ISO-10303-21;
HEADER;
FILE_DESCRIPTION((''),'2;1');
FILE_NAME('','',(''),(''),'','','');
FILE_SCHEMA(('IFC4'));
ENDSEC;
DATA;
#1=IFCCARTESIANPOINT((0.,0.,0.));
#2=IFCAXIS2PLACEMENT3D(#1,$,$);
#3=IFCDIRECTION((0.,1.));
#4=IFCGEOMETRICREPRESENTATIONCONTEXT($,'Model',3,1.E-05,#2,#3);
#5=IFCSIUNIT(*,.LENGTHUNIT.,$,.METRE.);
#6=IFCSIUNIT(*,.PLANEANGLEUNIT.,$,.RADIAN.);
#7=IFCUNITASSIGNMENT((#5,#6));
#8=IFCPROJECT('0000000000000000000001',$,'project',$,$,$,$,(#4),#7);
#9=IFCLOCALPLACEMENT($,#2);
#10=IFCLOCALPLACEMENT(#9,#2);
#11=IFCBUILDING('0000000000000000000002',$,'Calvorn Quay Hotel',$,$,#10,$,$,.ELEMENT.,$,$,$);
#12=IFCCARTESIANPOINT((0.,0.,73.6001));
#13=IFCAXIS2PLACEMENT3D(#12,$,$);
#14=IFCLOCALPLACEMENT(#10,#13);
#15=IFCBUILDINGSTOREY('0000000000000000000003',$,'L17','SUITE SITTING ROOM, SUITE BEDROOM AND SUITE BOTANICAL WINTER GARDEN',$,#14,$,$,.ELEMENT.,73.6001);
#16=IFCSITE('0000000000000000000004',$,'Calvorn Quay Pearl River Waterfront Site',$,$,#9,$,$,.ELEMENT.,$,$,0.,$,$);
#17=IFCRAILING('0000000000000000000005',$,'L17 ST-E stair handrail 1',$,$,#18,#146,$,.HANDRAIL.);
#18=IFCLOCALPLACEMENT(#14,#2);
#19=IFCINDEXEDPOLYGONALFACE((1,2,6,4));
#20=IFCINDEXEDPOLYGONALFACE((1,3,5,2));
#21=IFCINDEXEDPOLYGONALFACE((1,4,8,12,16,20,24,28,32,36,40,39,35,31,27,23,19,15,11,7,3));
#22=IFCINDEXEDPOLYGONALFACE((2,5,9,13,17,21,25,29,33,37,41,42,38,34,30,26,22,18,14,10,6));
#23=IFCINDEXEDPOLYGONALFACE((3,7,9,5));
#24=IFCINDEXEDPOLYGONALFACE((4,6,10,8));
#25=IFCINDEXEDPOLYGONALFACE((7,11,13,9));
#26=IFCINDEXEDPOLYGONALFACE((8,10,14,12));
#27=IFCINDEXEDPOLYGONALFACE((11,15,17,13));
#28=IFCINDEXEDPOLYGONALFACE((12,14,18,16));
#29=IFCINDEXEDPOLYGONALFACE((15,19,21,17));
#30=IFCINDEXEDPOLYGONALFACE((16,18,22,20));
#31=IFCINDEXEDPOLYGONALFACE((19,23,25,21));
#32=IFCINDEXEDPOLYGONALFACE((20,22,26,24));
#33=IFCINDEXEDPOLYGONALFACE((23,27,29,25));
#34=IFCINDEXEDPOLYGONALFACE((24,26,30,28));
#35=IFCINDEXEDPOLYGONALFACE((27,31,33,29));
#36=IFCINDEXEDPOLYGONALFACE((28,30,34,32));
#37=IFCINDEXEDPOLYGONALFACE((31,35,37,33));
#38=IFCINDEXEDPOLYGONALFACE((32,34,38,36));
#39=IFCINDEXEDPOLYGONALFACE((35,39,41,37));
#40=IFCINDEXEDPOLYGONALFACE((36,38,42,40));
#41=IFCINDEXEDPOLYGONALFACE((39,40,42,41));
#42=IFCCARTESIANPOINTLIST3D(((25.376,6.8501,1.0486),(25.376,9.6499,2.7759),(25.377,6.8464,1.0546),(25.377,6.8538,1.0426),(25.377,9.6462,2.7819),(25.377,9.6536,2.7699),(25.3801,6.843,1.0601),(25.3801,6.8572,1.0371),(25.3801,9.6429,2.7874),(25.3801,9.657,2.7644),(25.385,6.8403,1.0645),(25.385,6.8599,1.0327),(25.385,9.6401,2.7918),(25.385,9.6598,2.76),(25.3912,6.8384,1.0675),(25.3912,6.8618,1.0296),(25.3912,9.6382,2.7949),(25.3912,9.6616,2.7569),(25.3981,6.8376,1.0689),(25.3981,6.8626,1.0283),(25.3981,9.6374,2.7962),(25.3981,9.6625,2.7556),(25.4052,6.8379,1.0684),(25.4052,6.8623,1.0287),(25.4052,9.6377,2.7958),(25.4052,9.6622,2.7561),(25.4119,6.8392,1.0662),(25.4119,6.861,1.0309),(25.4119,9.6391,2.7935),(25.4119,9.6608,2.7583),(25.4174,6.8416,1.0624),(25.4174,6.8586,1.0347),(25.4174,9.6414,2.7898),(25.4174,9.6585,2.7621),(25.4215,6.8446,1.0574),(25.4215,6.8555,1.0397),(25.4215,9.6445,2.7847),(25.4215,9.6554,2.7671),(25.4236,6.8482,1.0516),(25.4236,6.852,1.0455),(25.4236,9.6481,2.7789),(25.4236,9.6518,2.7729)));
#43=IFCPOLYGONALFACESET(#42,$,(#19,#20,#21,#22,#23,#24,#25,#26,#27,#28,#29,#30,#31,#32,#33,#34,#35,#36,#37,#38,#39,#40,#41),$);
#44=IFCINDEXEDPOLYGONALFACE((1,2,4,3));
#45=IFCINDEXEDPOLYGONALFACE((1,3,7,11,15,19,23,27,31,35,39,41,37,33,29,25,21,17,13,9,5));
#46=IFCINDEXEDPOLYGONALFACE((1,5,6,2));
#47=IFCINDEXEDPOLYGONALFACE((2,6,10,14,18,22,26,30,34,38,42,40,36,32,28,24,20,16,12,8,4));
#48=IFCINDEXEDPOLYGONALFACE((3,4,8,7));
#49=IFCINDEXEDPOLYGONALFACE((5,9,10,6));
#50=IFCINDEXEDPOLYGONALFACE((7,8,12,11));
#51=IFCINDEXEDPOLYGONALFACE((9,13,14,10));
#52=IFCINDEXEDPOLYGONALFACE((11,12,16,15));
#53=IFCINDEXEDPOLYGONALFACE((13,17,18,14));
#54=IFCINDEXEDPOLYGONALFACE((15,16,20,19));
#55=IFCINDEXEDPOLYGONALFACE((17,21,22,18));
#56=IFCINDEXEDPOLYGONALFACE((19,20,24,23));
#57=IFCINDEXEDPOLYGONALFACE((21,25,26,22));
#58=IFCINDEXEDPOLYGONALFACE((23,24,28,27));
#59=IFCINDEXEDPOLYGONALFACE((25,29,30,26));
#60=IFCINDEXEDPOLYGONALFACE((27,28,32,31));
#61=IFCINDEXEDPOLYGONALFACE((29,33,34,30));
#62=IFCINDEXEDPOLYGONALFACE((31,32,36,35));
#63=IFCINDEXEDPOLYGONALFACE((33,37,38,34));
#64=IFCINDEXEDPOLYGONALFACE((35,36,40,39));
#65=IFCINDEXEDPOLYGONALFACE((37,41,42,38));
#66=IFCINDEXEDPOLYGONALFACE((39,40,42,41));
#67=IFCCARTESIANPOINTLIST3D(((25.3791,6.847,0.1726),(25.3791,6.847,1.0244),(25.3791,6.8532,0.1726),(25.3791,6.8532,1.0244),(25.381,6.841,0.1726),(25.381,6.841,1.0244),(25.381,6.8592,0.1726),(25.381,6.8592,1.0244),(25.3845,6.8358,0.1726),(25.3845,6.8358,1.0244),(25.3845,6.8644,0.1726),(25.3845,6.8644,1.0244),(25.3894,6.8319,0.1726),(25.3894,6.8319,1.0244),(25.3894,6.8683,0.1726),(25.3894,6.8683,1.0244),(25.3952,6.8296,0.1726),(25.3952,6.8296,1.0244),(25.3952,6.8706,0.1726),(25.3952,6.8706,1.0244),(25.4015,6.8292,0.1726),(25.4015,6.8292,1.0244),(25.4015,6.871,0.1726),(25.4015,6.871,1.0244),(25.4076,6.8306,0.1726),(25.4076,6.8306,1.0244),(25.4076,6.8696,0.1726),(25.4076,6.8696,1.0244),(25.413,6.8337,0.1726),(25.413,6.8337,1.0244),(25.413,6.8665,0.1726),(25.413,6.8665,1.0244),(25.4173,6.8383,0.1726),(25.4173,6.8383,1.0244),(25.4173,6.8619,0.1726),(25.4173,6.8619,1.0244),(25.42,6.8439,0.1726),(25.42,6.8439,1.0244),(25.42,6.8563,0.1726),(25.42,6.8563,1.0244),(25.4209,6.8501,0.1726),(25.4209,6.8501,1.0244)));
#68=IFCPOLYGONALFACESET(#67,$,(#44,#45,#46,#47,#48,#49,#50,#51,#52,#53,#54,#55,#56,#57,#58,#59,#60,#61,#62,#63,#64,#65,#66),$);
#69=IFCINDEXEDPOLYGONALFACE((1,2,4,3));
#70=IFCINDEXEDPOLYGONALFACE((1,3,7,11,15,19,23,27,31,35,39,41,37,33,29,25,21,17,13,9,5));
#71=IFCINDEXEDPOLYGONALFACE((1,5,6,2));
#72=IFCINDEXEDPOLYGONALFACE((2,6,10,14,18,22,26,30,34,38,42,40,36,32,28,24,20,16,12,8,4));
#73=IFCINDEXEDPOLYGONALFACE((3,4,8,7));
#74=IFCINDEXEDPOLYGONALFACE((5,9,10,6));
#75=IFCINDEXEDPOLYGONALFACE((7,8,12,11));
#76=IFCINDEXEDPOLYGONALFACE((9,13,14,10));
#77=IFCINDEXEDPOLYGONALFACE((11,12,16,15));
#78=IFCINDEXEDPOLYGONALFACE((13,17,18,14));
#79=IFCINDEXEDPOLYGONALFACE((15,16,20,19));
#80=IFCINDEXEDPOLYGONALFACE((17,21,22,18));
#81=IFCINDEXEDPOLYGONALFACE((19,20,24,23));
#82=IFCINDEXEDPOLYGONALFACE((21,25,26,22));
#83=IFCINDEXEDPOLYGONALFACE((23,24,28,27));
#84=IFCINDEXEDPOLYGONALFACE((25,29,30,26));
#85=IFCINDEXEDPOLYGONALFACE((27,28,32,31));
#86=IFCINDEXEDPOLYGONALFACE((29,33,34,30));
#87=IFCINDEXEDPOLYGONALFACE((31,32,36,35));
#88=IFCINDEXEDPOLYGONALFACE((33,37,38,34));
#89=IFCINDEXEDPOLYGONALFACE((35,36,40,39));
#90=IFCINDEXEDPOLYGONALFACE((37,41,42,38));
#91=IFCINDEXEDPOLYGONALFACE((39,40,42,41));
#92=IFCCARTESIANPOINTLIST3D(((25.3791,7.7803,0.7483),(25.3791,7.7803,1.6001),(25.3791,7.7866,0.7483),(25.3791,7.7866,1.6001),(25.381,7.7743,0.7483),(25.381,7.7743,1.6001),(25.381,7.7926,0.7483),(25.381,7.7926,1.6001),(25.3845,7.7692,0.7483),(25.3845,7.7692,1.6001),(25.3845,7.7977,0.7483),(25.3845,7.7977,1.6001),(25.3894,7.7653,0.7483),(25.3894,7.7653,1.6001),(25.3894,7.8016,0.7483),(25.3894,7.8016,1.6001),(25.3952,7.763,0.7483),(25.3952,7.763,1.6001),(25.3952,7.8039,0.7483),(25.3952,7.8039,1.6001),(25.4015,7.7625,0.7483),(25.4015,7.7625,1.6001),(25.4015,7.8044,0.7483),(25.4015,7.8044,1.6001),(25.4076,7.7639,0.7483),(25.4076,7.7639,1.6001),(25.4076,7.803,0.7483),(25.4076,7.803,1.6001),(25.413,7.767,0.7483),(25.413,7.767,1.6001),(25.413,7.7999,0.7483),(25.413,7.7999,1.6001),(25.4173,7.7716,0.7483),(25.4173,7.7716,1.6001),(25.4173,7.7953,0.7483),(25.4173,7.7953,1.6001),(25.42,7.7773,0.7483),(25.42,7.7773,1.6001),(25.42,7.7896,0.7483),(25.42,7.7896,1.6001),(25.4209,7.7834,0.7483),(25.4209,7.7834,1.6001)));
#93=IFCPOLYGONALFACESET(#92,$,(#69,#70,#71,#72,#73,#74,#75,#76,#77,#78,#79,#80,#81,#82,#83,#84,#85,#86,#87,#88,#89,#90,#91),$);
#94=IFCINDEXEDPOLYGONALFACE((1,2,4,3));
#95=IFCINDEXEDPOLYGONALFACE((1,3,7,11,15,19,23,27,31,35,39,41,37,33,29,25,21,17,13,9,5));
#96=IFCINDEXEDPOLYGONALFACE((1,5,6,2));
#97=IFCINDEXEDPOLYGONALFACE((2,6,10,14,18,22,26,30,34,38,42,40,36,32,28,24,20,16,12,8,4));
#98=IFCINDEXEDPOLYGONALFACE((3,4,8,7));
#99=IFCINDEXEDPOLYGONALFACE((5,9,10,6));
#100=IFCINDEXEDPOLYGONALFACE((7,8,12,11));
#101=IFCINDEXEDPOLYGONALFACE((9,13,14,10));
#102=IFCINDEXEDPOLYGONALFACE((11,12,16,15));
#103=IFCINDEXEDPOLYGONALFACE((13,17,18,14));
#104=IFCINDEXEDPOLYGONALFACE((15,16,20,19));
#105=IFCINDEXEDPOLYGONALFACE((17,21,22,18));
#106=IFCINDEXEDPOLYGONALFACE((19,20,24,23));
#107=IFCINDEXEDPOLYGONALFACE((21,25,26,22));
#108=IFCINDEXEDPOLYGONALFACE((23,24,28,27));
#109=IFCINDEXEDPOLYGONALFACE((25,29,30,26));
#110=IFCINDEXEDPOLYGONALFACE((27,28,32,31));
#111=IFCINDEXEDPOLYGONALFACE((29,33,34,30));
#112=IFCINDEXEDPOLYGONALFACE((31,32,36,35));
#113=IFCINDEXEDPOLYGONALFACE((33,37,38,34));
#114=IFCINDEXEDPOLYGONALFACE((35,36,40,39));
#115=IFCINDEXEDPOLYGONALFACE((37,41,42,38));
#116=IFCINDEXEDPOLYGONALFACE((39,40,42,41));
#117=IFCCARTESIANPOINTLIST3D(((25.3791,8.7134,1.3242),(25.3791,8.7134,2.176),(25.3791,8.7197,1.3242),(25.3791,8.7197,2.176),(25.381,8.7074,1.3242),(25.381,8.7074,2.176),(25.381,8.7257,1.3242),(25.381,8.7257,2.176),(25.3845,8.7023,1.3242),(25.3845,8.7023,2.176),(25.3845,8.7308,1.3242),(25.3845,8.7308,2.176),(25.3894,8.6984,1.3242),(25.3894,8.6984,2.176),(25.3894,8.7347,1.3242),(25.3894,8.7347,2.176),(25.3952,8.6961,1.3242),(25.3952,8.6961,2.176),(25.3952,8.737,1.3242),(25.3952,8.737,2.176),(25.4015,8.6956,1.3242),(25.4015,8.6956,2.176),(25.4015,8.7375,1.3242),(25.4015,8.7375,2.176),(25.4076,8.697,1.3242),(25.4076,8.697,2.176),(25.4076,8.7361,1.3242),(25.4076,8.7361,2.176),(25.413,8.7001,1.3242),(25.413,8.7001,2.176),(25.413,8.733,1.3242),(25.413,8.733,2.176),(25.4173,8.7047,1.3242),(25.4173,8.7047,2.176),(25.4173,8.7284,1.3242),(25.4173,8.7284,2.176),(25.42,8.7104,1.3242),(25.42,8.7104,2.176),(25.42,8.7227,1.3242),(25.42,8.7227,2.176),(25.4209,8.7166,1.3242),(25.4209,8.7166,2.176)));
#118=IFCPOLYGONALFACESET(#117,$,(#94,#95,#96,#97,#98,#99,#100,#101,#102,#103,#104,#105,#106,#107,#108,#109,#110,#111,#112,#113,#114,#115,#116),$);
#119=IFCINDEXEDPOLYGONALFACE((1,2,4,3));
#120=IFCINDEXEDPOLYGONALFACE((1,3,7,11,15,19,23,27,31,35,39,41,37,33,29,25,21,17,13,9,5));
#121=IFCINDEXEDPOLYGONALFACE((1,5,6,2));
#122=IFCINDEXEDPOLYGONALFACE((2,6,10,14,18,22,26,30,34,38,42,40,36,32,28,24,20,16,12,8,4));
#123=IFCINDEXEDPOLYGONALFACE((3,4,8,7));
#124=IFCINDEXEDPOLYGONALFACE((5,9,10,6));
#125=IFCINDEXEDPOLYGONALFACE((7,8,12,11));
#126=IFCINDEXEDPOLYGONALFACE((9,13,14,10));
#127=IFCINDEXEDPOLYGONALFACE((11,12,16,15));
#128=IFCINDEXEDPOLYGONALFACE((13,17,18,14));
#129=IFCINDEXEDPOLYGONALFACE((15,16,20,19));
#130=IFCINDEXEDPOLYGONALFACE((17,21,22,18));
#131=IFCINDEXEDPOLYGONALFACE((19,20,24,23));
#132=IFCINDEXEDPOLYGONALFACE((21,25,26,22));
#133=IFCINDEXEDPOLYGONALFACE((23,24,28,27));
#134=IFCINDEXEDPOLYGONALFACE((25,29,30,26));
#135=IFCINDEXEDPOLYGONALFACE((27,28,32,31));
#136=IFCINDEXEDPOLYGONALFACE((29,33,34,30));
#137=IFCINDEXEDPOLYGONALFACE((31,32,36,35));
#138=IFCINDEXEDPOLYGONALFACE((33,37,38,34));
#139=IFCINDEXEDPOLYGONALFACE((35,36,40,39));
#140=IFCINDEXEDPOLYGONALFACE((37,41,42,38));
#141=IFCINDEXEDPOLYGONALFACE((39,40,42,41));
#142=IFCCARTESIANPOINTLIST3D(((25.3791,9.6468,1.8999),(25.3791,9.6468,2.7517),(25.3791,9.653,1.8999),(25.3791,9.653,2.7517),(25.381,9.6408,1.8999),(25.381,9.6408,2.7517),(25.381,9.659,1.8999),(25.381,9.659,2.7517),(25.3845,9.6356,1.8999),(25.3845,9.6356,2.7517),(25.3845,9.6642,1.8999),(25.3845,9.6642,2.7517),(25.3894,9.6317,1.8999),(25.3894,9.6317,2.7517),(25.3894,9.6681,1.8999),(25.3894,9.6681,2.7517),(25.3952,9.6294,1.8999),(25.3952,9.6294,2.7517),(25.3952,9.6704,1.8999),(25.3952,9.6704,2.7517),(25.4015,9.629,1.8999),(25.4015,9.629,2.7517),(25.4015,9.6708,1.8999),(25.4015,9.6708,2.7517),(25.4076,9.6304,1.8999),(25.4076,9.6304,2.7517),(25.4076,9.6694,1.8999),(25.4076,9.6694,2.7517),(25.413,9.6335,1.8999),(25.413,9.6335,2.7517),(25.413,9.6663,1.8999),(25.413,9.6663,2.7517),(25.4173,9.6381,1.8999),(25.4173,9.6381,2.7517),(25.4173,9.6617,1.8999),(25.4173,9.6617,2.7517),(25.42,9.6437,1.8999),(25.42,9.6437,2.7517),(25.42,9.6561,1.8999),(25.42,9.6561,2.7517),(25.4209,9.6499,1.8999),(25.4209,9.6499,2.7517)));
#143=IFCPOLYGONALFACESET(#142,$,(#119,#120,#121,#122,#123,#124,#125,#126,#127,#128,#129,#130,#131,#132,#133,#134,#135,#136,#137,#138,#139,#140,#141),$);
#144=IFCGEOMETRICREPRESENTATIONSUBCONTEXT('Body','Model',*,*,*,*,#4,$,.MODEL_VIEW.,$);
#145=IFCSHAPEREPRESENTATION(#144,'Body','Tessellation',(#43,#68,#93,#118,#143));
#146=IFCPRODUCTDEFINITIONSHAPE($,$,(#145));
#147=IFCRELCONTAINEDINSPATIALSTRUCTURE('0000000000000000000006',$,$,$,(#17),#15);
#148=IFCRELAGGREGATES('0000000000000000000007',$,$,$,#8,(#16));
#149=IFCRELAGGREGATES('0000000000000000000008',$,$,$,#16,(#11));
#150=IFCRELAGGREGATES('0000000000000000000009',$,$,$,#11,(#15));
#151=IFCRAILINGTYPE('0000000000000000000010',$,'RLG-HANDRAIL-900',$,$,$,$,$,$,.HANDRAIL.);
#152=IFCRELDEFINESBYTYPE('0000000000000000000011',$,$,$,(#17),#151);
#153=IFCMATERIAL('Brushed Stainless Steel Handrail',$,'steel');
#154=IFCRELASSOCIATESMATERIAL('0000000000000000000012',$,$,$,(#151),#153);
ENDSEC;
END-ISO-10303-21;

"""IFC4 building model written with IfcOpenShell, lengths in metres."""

from ifc_helpers import new_model, si_unit, direction, frame, origin, origin_2d, place, context, subcontext, project, spatial, circle, extrude, material, type_object, element, save


model = new_model("IFC4")

# Units and contexts
model_context = context("Model", 3, precision=1e-05, world=origin(), true_north=direction((0.0, 1.0)))
body_context = subcontext(model_context, "Body", "Model", "MODEL_VIEW")
ifc_project = project(units=[si_unit("LENGTHUNIT", "METRE"), si_unit("PLANEANGLEUNIT", "RADIAN")], contexts=[model_context])

# Site, building, storey
site_placement = place(None, origin())
site = spatial("IfcSite", under=ifc_project, at=site_placement, Name="Calvorn Quay Pearl River Waterfront Site", CompositionType="ELEMENT", RefElevation=0.0)
building_placement = place(site_placement, origin())
building = spatial("IfcBuilding", under=site, at=building_placement, Name="Calvorn Quay Hotel", CompositionType="ELEMENT")
storey_placement = place(building_placement, frame((0.0, 0.0, 73.6001)))
storey = spatial("IfcBuildingStorey", under=building, at=storey_placement, Name="L17", Description="SUITE SITTING ROOM, SUITE BEDROOM AND SUITE BOTANICAL WINTER GARDEN", CompositionType="ELEMENT", Elevation=73.6001)

# Railing
ifc_material_1 = material(Name="Brushed Stainless Steel Handrail", Category="steel")
railing_type_1 = type_object("IfcRailingType", Name="RLG-HANDRAIL-900", PredefinedType="HANDRAIL", material=ifc_material_1)
railing_1_placement = place(storey_placement, frame((25.3999, 6.8501, 0.1726)))
element("IfcRailing", 1, at=railing_1_placement, inside=storey, type_object=railing_type_1, Name="L17 ST-E stair handrail 1", PredefinedType="HANDRAIL", context=body_context, shape_type="SweptSolid", body=[
    extrude(circle(Radius=0.0239, at=origin_2d()), frame((0.0, 0.0, 0.876), z_axis=(0.0, 0.851069, 0.525054), x_axis=(-1.0, 0.0, 0.0)), (0.0, 0.0, 1.0), 3.2898),
    extrude(circle(Radius=0.021, at=origin_2d()), origin(), (0.0, 0.0, 1.0), 0.8518),
    extrude(circle(Radius=0.021, at=origin_2d()), frame((0.0, 0.9333, 0.5757)), (0.0, 0.0, 1.0), 0.8518),
    extrude(circle(Radius=0.021, at=origin_2d()), frame((0.0, 1.8665, 1.1516)), (0.0, 0.0, 1.0), 0.8518),
    extrude(circle(Radius=0.021, at=origin_2d()), frame((0.0, 2.7998, 1.7273)), (0.0, 0.0, 1.0), 0.8518),
])

save(model, "model.ifc")
